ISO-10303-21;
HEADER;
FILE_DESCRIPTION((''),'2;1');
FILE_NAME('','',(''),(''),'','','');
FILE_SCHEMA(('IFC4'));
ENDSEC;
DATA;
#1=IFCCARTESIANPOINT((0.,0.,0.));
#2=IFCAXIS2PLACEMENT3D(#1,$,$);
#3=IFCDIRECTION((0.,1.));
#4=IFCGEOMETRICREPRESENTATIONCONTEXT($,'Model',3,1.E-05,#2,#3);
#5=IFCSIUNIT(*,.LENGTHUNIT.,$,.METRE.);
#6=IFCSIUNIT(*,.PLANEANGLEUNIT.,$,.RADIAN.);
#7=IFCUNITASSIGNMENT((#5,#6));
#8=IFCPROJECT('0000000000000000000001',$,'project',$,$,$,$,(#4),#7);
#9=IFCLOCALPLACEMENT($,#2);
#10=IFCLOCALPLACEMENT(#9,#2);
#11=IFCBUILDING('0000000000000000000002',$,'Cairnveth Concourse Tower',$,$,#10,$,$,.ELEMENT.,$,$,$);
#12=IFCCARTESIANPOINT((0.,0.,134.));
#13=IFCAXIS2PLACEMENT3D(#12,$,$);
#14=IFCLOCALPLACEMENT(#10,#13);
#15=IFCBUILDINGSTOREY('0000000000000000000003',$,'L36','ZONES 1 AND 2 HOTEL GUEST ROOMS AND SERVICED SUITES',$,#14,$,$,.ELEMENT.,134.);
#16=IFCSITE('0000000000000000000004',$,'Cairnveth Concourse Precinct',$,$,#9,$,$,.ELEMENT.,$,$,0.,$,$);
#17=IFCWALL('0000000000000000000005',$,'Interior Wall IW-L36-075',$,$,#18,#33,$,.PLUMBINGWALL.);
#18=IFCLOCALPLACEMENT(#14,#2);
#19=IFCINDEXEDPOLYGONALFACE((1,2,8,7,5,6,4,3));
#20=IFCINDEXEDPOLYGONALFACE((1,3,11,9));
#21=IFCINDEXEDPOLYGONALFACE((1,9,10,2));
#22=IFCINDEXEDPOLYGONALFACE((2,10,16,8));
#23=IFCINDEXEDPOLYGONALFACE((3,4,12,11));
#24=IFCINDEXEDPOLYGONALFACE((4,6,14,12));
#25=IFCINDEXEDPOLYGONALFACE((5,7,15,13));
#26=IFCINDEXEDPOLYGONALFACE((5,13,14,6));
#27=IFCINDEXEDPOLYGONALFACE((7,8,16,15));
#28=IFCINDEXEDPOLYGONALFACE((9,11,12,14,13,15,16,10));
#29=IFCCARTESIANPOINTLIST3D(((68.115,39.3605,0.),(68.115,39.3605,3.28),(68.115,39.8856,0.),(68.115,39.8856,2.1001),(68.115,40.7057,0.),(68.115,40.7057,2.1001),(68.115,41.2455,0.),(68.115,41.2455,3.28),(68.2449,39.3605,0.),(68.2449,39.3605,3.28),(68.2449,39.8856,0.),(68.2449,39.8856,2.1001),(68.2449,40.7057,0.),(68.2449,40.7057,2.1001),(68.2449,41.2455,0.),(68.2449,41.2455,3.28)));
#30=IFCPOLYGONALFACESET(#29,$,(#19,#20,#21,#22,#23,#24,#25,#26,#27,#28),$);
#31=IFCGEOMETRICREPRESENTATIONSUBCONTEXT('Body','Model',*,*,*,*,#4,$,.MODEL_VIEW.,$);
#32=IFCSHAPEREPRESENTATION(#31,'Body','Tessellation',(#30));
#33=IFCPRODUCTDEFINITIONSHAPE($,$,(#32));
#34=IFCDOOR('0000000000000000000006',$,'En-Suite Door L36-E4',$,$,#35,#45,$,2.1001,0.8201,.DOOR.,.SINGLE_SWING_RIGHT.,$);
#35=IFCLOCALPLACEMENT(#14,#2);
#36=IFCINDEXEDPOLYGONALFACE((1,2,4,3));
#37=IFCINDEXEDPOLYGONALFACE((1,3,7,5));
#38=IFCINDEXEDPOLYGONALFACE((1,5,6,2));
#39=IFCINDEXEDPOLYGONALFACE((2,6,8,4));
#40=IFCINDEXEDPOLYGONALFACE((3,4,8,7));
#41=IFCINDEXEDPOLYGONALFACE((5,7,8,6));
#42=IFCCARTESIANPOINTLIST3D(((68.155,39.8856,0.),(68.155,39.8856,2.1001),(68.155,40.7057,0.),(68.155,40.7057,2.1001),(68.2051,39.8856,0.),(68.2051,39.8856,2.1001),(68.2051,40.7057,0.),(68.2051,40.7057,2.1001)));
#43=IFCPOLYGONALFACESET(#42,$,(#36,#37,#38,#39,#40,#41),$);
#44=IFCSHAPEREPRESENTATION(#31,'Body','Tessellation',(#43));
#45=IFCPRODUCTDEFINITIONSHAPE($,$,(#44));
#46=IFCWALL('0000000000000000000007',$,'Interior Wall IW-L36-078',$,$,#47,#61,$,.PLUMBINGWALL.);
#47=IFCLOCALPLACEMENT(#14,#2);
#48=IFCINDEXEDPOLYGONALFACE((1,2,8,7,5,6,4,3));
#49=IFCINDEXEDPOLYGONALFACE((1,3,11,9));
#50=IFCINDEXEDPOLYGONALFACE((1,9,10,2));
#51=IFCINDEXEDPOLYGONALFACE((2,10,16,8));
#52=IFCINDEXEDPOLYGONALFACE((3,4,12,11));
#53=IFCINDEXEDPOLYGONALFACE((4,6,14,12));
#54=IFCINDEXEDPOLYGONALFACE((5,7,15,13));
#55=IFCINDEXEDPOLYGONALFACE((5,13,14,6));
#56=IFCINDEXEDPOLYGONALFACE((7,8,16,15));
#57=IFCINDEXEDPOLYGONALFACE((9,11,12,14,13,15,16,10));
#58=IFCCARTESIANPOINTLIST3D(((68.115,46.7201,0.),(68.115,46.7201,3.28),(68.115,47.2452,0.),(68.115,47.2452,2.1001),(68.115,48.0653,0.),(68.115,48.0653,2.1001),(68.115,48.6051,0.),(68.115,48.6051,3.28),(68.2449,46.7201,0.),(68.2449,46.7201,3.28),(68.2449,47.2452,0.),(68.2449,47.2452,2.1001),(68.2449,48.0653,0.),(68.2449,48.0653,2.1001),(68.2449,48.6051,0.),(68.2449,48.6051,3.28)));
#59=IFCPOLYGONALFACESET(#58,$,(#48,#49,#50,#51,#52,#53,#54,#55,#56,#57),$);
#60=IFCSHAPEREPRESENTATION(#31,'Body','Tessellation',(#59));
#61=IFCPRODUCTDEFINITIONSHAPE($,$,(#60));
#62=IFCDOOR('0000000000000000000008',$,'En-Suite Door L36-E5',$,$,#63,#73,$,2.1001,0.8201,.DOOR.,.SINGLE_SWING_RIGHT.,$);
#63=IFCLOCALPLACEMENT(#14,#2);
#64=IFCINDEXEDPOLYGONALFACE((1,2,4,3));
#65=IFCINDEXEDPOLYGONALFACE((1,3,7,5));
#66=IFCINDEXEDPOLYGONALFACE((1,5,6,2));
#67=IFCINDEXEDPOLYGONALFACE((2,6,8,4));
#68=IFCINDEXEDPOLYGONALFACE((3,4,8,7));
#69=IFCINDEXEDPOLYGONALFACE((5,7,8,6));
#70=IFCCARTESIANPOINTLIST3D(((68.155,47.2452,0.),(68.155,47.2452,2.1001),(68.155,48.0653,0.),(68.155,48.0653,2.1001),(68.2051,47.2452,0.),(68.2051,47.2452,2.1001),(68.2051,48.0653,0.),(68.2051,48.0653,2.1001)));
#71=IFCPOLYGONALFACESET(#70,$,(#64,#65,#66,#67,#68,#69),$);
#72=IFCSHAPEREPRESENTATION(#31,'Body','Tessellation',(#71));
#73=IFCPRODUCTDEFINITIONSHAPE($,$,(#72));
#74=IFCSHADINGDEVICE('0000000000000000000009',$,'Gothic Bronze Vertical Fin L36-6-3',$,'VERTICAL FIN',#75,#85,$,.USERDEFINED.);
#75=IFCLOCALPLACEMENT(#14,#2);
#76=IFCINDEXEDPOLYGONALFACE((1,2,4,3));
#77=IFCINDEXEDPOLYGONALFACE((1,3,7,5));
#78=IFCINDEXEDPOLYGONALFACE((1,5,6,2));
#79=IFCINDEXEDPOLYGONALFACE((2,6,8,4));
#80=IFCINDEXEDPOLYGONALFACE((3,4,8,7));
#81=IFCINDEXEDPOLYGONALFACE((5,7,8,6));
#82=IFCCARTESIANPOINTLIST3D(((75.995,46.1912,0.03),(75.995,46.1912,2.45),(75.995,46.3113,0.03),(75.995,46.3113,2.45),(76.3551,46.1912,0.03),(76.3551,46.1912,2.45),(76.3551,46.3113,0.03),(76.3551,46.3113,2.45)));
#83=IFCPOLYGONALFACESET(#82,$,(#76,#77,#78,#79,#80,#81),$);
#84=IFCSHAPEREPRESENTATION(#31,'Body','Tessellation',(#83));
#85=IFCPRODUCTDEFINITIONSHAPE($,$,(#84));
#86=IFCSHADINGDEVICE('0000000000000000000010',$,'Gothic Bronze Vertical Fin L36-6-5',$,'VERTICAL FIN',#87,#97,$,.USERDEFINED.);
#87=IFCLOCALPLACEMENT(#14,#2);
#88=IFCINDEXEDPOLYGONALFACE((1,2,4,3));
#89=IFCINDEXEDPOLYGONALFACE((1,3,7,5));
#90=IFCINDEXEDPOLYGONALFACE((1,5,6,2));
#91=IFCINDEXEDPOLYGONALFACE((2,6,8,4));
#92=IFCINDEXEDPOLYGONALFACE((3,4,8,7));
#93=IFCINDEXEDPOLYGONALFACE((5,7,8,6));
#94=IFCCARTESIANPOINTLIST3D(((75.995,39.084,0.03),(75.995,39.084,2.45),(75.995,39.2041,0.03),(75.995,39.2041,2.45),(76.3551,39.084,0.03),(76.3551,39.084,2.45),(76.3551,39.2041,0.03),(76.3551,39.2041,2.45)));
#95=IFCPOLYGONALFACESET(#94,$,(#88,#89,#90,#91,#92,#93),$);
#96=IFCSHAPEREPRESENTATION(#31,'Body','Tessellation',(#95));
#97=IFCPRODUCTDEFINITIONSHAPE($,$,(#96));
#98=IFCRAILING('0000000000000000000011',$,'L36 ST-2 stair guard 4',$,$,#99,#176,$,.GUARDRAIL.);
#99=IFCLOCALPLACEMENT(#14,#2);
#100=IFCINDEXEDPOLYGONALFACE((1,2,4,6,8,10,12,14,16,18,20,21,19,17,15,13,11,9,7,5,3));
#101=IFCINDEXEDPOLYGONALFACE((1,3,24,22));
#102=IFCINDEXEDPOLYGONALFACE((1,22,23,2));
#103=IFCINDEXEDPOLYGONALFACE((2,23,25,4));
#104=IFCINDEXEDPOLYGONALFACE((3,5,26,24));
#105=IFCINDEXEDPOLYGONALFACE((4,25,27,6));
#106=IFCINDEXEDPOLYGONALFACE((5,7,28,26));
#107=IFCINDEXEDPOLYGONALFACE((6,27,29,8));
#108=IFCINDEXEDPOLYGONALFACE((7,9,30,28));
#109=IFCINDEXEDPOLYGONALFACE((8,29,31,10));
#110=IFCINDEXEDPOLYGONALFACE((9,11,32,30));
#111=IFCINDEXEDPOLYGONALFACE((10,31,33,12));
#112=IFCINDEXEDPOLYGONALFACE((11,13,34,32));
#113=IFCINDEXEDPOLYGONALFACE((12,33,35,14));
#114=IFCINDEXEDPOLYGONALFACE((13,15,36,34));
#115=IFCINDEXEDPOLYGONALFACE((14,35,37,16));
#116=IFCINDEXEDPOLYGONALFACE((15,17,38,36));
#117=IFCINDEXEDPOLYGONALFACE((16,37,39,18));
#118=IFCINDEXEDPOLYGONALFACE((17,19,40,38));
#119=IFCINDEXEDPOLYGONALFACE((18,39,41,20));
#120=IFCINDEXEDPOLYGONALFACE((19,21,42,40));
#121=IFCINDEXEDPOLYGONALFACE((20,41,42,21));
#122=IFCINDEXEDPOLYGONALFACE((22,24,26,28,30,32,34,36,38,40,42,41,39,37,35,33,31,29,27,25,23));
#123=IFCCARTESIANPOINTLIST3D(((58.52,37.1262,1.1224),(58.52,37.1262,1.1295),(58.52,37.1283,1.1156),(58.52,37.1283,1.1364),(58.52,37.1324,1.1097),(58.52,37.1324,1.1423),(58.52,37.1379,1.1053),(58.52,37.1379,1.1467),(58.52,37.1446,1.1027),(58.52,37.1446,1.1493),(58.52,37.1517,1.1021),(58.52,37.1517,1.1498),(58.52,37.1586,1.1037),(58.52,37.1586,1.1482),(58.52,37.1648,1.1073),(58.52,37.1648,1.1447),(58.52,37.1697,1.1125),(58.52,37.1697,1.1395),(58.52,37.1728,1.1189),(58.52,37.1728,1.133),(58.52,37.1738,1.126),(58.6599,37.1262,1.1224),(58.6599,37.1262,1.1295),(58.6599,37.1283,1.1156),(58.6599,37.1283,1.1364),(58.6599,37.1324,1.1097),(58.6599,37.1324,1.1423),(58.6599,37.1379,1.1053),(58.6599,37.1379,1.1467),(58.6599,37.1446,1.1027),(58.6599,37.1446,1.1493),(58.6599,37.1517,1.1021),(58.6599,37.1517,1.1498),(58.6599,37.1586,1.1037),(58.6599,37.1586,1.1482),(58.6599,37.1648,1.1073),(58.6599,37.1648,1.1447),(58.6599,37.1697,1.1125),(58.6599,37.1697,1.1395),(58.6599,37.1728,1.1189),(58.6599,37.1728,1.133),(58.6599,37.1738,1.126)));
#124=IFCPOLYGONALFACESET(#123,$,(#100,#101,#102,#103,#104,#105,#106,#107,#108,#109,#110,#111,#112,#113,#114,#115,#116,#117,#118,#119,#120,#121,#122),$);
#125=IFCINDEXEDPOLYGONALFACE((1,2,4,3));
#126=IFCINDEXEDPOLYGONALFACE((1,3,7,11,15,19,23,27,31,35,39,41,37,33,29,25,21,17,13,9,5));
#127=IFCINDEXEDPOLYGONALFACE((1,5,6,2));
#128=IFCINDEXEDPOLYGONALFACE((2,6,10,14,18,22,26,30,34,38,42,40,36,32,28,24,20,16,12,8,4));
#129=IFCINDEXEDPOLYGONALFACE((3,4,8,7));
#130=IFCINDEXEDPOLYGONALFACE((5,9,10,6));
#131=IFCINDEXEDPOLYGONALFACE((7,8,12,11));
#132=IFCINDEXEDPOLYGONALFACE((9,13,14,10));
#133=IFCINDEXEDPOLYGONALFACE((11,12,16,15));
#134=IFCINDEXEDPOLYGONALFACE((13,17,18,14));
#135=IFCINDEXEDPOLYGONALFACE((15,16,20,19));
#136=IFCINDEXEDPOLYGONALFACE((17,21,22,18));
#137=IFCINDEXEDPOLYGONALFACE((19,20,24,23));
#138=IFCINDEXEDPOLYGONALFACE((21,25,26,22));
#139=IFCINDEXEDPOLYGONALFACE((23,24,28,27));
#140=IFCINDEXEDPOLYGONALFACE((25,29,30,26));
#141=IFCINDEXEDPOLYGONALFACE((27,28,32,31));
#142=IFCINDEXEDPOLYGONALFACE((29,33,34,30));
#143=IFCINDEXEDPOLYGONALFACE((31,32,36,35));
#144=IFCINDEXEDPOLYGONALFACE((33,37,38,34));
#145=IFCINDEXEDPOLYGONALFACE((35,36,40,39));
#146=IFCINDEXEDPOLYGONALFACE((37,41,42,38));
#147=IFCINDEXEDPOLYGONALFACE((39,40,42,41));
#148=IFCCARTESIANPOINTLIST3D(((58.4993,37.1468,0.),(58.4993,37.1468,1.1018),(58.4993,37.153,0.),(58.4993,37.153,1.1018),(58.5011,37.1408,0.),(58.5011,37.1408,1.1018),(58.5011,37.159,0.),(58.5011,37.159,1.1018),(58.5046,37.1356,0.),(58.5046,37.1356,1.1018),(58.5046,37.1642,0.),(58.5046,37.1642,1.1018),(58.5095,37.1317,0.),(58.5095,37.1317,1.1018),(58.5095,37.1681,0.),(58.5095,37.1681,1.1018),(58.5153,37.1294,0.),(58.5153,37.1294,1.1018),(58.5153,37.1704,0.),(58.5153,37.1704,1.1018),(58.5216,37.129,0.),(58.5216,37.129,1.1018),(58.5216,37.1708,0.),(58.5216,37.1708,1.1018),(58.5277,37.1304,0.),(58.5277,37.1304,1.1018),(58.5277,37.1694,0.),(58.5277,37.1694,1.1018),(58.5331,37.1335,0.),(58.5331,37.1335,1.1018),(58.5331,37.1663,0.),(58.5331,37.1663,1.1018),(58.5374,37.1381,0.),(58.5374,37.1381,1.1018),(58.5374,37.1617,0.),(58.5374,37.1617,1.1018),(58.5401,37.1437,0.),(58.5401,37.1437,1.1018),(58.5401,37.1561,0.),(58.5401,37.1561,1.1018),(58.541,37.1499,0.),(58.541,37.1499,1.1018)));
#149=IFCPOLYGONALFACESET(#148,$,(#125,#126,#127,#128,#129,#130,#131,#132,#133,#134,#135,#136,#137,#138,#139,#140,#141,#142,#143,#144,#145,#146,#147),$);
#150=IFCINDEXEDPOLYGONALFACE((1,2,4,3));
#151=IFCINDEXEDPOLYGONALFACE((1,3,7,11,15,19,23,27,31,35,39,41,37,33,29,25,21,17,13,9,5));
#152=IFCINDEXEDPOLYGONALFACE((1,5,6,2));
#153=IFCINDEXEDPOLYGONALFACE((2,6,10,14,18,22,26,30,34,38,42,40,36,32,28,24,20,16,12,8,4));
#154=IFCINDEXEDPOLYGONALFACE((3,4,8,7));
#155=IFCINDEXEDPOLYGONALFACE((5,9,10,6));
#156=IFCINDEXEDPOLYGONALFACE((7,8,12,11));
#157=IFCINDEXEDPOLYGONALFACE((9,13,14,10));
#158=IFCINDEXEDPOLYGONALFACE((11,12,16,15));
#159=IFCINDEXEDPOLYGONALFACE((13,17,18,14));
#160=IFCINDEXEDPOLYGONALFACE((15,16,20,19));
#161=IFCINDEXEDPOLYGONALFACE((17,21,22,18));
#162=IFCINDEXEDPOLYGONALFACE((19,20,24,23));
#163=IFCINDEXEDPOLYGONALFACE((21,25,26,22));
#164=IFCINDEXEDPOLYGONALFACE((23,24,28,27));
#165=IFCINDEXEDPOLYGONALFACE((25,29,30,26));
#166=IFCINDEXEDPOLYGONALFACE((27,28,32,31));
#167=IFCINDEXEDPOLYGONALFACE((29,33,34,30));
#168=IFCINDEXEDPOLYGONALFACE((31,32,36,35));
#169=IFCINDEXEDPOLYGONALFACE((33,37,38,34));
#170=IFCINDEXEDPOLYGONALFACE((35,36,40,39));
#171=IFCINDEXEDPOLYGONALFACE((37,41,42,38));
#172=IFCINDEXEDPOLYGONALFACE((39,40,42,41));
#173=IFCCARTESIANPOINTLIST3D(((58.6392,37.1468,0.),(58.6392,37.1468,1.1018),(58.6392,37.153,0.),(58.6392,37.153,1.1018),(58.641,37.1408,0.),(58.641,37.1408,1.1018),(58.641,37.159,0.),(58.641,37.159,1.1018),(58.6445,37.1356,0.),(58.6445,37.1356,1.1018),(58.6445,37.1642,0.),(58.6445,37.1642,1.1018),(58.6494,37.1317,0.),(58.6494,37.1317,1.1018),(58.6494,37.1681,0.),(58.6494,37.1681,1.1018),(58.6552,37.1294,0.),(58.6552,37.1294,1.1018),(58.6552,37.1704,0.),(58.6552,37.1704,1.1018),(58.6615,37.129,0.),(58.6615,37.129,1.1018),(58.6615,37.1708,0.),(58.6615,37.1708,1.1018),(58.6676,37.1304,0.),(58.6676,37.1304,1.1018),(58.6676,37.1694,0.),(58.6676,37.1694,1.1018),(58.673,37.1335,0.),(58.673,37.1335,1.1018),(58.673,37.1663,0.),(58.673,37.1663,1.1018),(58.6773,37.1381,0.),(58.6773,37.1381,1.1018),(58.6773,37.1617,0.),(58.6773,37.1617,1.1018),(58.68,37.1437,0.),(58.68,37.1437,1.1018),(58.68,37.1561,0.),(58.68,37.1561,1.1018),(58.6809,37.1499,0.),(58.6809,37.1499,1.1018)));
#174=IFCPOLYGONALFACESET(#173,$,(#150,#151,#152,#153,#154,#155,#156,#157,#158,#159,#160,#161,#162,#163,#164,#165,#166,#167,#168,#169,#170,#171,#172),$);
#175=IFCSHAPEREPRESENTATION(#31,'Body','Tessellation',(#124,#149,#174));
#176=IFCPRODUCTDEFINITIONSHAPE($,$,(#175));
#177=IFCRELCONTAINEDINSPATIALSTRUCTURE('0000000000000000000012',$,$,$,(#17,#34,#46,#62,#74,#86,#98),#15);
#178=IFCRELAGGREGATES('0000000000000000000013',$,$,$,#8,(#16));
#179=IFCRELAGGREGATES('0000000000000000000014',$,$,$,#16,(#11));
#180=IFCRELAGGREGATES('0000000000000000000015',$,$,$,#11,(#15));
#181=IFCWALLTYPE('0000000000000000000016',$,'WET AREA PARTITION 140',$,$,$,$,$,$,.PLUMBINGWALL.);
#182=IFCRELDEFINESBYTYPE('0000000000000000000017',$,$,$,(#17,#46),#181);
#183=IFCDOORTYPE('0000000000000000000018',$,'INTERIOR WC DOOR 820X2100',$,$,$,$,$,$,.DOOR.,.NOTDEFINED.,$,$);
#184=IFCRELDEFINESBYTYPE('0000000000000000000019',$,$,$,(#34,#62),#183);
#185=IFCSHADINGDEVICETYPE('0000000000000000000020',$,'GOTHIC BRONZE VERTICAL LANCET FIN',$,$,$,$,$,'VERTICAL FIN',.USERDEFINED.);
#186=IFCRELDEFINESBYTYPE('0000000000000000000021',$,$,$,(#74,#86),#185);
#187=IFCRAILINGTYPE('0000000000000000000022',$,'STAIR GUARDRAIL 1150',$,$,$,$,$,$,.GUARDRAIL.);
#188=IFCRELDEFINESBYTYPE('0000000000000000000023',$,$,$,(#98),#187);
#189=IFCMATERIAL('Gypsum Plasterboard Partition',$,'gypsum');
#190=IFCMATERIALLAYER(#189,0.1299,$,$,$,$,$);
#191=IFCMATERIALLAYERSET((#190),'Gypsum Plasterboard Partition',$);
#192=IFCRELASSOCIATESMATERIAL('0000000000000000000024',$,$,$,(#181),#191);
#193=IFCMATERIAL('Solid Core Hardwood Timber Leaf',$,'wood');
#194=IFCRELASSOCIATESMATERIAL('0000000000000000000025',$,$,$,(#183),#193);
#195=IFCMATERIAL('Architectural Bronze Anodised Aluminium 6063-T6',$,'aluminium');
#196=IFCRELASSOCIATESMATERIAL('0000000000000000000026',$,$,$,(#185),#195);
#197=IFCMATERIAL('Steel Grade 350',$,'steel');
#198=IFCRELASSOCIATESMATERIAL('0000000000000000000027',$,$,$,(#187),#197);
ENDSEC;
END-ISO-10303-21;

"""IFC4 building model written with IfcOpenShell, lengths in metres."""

from ifc_helpers import new_model, si_unit, direction, frame, frame_2d, origin, origin_2d, place, context, subcontext, project, spatial, rectangle, circle, extrude, material, layer, layer_set, type_object, element, fill, save


model = new_model("IFC4")

# Units and contexts
model_context = context("Model", 3, precision=1e-05, world=origin(), true_north=direction((0.0, 1.0)))
body_context = subcontext(model_context, "Body", "Model", "MODEL_VIEW")
ifc_project = project(units=[si_unit("LENGTHUNIT", "METRE"), si_unit("PLANEANGLEUNIT", "RADIAN")], contexts=[model_context])

# Site, building, storey
site_placement = place(None, origin())
site = spatial("IfcSite", under=ifc_project, at=site_placement, Name="Cairnveth Concourse Precinct", CompositionType="ELEMENT", RefElevation=0.0)
building_placement = place(site_placement, origin())
building = spatial("IfcBuilding", under=site, at=building_placement, Name="Cairnveth Concourse Tower", CompositionType="ELEMENT")
storey_placement = place(building_placement, frame((0.0, 0.0, 134.0)))
storey = spatial("IfcBuildingStorey", under=building, at=storey_placement, Name="L36", Description="ZONES 1 AND 2 HOTEL GUEST ROOMS AND SERVICED SUITES", CompositionType="ELEMENT", Elevation=134.0)

# Shared definitions
ifc_material_1 = material(Name="Steel Grade 350", Category="steel")

# Shared definitions
ifc_material_2 = material(Name="Gypsum Plasterboard Partition", Category="gypsum")

# Shared definitions
ifc_layer_1 = layer(ifc_material_2, 0.1299)
ifc_layer_set_1 = layer_set([ifc_layer_1], Name="Gypsum Plasterboard Partition")
wall_type_1 = type_object("IfcWallType", Name="WET AREA PARTITION 140", PredefinedType="PLUMBINGWALL", material=ifc_layer_set_1)

# Walls, openings, doors
wall_1_placement = place(storey_placement, frame((68.1799, 39.3606, 0.0), z_axis=(0.0, 0.0, 1.0), x_axis=(0.0, 1.0, 0.0)))
wall_1 = element("IfcWall", 1, at=wall_1_placement, inside=storey, type_object=wall_type_1, Name="Interior Wall IW-L36-075", PredefinedType="PLUMBINGWALL", context=body_context, shape_type="SweptSolid", body=[
    extrude(rectangle(XDim=1.885, YDim=0.1299, at=frame_2d((0.9424, 0.0))), origin(), (0.0, 0.0, 1.0), 3.28),
])
opening_1_placement = place(wall_1_placement, frame((0.5249, 0.0, 0.0)))
opening_1 = element("IfcOpeningElement", 2, at=opening_1_placement, cuts=wall_1, PredefinedType="OPENING", context=body_context, shape_type="SweptSolid", body=[
    extrude(rectangle(XDim=0.8201, YDim=2.1001, at=frame_2d((0.4102, 1.05))), frame((0.0, 0.075, 0.0), z_axis=(0.0, -1.0, 0.0), x_axis=(1.0, 0.0, 0.0)), (0.0, 0.0, 1.0), 0.1499),
])
ifc_material_3 = material(Name="Solid Core Hardwood Timber Leaf", Category="wood")
door_type_1 = type_object("IfcDoorType", Name="INTERIOR WC DOOR 820X2100", OperationType="NOTDEFINED", PredefinedType="DOOR", material=ifc_material_3)
door_1_placement = place(opening_1_placement, origin())
door_1 = element("IfcDoor", 3, at=door_1_placement, inside=storey, type_object=door_type_1, Name="En-Suite Door L36-E4", OperationType="SINGLE_SWING_RIGHT", OverallHeight=2.1001, OverallWidth=0.8201, PredefinedType="DOOR", context=body_context, shape_type="SweptSolid", body=[
    extrude(rectangle(XDim=0.8201, YDim=2.1001, at=frame_2d((0.4102, 1.05))), frame((0.0, 0.0249, 0.0), z_axis=(0.0, -1.0, 0.0), x_axis=(1.0, 0.0, 0.0)), (0.0, 0.0, 1.0), 0.05),
])
fill(opening_1, door_1)
wall_2_placement = place(storey_placement, frame((68.1799, 46.7202, 0.0), z_axis=(0.0, 0.0, 1.0), x_axis=(0.0, 1.0, 0.0)))
wall_2 = element("IfcWall", 4, at=wall_2_placement, inside=storey, type_object=wall_type_1, Name="Interior Wall IW-L36-078", PredefinedType="PLUMBINGWALL", context=body_context, shape_type="SweptSolid", body=[
    extrude(rectangle(XDim=1.885, YDim=0.1299, at=frame_2d((0.9424, 0.0))), origin(), (0.0, 0.0, 1.0), 3.28),
])
opening_2_placement = place(wall_2_placement, frame((0.5249, 0.0, 0.0)))
opening_2 = element("IfcOpeningElement", 5, at=opening_2_placement, cuts=wall_2, PredefinedType="OPENING", context=body_context, shape_type="SweptSolid", body=[
    extrude(rectangle(XDim=0.8201, YDim=2.1001, at=frame_2d((0.4102, 1.05))), frame((0.0, 0.075, 0.0), z_axis=(0.0, -1.0, 0.0), x_axis=(1.0, 0.0, 0.0)), (0.0, 0.0, 1.0), 0.1499),
])
door_2_placement = place(opening_2_placement, origin())
door_2 = element("IfcDoor", 6, at=door_2_placement, inside=storey, type_object=door_type_1, Name="En-Suite Door L36-E5", OperationType="SINGLE_SWING_RIGHT", OverallHeight=2.1001, OverallWidth=0.8201, PredefinedType="DOOR", context=body_context, shape_type="SweptSolid", body=[
    extrude(rectangle(XDim=0.8201, YDim=2.1001, at=frame_2d((0.4102, 1.05))), frame((0.0, 0.0249, 0.0), z_axis=(0.0, -1.0, 0.0), x_axis=(1.0, 0.0, 0.0)), (0.0, 0.0, 1.0), 0.05),
])
fill(opening_2, door_2)

# Shading devices
ifc_material_4 = material(Name="Architectural Bronze Anodised Aluminium 6063-T6", Category="aluminium")
shading_device_type = type_object("IfcShadingDeviceType", Name="GOTHIC BRONZE VERTICAL LANCET FIN", ElementType="VERTICAL FIN", PredefinedType="USERDEFINED", material=ifc_material_4)
for number, where, z_axis, x_axis, name in (
    (7, (76.175, 46.2512, 0.03), (0.0, 0.0, 1.0), (0.0, 1.0, 0.0), "Gothic Bronze Vertical Fin L36-6-3"),
    (8, (76.175, 39.144, 0.03), (0.0, 0.0, 1.0), (0.0, 1.0, 0.0), "Gothic Bronze Vertical Fin L36-6-5"),
):
    element("IfcShadingDevice", number, at=place(storey_placement, frame(where, z_axis=z_axis, x_axis=x_axis)), inside=storey, type_object=shading_device_type, Name=name, ObjectType="VERTICAL FIN", PredefinedType="USERDEFINED", context=body_context, shape_type="SweptSolid", body=[
        extrude(rectangle(XDim=0.1201, YDim=0.3601, at=origin_2d()), origin(), (0.0, 0.0, 1.0), 2.4199),
    ])

# Railing
railing_type = type_object("IfcRailingType", Name="STAIR GUARDRAIL 1150", PredefinedType="GUARDRAIL", material=ifc_material_1)
railing_placement = place(storey_placement, frame((58.52, 37.1499, 0.0)))
element("IfcRailing", 9, at=railing_placement, inside=storey, type_object=railing_type, Name="L36 ST-2 stair guard 4", PredefinedType="GUARDRAIL", context=body_context, shape_type="SweptSolid", body=[
    extrude(circle(Radius=0.0239, at=origin_2d()), frame((0.0, 0.0, 1.126), z_axis=(1.0, 0.0, 0.0), x_axis=(0.0, 1.0, 0.0)), (0.0, 0.0, 1.0), 0.1399),
    extrude(circle(Radius=0.021, at=origin_2d()), origin(), (0.0, 0.0, 1.0), 1.1018),
    extrude(circle(Radius=0.021, at=origin_2d()), frame((0.1399, 0.0, 0.0)), (0.0, 0.0, 1.0), 1.1018),
])

save(model, "model.ifc")
